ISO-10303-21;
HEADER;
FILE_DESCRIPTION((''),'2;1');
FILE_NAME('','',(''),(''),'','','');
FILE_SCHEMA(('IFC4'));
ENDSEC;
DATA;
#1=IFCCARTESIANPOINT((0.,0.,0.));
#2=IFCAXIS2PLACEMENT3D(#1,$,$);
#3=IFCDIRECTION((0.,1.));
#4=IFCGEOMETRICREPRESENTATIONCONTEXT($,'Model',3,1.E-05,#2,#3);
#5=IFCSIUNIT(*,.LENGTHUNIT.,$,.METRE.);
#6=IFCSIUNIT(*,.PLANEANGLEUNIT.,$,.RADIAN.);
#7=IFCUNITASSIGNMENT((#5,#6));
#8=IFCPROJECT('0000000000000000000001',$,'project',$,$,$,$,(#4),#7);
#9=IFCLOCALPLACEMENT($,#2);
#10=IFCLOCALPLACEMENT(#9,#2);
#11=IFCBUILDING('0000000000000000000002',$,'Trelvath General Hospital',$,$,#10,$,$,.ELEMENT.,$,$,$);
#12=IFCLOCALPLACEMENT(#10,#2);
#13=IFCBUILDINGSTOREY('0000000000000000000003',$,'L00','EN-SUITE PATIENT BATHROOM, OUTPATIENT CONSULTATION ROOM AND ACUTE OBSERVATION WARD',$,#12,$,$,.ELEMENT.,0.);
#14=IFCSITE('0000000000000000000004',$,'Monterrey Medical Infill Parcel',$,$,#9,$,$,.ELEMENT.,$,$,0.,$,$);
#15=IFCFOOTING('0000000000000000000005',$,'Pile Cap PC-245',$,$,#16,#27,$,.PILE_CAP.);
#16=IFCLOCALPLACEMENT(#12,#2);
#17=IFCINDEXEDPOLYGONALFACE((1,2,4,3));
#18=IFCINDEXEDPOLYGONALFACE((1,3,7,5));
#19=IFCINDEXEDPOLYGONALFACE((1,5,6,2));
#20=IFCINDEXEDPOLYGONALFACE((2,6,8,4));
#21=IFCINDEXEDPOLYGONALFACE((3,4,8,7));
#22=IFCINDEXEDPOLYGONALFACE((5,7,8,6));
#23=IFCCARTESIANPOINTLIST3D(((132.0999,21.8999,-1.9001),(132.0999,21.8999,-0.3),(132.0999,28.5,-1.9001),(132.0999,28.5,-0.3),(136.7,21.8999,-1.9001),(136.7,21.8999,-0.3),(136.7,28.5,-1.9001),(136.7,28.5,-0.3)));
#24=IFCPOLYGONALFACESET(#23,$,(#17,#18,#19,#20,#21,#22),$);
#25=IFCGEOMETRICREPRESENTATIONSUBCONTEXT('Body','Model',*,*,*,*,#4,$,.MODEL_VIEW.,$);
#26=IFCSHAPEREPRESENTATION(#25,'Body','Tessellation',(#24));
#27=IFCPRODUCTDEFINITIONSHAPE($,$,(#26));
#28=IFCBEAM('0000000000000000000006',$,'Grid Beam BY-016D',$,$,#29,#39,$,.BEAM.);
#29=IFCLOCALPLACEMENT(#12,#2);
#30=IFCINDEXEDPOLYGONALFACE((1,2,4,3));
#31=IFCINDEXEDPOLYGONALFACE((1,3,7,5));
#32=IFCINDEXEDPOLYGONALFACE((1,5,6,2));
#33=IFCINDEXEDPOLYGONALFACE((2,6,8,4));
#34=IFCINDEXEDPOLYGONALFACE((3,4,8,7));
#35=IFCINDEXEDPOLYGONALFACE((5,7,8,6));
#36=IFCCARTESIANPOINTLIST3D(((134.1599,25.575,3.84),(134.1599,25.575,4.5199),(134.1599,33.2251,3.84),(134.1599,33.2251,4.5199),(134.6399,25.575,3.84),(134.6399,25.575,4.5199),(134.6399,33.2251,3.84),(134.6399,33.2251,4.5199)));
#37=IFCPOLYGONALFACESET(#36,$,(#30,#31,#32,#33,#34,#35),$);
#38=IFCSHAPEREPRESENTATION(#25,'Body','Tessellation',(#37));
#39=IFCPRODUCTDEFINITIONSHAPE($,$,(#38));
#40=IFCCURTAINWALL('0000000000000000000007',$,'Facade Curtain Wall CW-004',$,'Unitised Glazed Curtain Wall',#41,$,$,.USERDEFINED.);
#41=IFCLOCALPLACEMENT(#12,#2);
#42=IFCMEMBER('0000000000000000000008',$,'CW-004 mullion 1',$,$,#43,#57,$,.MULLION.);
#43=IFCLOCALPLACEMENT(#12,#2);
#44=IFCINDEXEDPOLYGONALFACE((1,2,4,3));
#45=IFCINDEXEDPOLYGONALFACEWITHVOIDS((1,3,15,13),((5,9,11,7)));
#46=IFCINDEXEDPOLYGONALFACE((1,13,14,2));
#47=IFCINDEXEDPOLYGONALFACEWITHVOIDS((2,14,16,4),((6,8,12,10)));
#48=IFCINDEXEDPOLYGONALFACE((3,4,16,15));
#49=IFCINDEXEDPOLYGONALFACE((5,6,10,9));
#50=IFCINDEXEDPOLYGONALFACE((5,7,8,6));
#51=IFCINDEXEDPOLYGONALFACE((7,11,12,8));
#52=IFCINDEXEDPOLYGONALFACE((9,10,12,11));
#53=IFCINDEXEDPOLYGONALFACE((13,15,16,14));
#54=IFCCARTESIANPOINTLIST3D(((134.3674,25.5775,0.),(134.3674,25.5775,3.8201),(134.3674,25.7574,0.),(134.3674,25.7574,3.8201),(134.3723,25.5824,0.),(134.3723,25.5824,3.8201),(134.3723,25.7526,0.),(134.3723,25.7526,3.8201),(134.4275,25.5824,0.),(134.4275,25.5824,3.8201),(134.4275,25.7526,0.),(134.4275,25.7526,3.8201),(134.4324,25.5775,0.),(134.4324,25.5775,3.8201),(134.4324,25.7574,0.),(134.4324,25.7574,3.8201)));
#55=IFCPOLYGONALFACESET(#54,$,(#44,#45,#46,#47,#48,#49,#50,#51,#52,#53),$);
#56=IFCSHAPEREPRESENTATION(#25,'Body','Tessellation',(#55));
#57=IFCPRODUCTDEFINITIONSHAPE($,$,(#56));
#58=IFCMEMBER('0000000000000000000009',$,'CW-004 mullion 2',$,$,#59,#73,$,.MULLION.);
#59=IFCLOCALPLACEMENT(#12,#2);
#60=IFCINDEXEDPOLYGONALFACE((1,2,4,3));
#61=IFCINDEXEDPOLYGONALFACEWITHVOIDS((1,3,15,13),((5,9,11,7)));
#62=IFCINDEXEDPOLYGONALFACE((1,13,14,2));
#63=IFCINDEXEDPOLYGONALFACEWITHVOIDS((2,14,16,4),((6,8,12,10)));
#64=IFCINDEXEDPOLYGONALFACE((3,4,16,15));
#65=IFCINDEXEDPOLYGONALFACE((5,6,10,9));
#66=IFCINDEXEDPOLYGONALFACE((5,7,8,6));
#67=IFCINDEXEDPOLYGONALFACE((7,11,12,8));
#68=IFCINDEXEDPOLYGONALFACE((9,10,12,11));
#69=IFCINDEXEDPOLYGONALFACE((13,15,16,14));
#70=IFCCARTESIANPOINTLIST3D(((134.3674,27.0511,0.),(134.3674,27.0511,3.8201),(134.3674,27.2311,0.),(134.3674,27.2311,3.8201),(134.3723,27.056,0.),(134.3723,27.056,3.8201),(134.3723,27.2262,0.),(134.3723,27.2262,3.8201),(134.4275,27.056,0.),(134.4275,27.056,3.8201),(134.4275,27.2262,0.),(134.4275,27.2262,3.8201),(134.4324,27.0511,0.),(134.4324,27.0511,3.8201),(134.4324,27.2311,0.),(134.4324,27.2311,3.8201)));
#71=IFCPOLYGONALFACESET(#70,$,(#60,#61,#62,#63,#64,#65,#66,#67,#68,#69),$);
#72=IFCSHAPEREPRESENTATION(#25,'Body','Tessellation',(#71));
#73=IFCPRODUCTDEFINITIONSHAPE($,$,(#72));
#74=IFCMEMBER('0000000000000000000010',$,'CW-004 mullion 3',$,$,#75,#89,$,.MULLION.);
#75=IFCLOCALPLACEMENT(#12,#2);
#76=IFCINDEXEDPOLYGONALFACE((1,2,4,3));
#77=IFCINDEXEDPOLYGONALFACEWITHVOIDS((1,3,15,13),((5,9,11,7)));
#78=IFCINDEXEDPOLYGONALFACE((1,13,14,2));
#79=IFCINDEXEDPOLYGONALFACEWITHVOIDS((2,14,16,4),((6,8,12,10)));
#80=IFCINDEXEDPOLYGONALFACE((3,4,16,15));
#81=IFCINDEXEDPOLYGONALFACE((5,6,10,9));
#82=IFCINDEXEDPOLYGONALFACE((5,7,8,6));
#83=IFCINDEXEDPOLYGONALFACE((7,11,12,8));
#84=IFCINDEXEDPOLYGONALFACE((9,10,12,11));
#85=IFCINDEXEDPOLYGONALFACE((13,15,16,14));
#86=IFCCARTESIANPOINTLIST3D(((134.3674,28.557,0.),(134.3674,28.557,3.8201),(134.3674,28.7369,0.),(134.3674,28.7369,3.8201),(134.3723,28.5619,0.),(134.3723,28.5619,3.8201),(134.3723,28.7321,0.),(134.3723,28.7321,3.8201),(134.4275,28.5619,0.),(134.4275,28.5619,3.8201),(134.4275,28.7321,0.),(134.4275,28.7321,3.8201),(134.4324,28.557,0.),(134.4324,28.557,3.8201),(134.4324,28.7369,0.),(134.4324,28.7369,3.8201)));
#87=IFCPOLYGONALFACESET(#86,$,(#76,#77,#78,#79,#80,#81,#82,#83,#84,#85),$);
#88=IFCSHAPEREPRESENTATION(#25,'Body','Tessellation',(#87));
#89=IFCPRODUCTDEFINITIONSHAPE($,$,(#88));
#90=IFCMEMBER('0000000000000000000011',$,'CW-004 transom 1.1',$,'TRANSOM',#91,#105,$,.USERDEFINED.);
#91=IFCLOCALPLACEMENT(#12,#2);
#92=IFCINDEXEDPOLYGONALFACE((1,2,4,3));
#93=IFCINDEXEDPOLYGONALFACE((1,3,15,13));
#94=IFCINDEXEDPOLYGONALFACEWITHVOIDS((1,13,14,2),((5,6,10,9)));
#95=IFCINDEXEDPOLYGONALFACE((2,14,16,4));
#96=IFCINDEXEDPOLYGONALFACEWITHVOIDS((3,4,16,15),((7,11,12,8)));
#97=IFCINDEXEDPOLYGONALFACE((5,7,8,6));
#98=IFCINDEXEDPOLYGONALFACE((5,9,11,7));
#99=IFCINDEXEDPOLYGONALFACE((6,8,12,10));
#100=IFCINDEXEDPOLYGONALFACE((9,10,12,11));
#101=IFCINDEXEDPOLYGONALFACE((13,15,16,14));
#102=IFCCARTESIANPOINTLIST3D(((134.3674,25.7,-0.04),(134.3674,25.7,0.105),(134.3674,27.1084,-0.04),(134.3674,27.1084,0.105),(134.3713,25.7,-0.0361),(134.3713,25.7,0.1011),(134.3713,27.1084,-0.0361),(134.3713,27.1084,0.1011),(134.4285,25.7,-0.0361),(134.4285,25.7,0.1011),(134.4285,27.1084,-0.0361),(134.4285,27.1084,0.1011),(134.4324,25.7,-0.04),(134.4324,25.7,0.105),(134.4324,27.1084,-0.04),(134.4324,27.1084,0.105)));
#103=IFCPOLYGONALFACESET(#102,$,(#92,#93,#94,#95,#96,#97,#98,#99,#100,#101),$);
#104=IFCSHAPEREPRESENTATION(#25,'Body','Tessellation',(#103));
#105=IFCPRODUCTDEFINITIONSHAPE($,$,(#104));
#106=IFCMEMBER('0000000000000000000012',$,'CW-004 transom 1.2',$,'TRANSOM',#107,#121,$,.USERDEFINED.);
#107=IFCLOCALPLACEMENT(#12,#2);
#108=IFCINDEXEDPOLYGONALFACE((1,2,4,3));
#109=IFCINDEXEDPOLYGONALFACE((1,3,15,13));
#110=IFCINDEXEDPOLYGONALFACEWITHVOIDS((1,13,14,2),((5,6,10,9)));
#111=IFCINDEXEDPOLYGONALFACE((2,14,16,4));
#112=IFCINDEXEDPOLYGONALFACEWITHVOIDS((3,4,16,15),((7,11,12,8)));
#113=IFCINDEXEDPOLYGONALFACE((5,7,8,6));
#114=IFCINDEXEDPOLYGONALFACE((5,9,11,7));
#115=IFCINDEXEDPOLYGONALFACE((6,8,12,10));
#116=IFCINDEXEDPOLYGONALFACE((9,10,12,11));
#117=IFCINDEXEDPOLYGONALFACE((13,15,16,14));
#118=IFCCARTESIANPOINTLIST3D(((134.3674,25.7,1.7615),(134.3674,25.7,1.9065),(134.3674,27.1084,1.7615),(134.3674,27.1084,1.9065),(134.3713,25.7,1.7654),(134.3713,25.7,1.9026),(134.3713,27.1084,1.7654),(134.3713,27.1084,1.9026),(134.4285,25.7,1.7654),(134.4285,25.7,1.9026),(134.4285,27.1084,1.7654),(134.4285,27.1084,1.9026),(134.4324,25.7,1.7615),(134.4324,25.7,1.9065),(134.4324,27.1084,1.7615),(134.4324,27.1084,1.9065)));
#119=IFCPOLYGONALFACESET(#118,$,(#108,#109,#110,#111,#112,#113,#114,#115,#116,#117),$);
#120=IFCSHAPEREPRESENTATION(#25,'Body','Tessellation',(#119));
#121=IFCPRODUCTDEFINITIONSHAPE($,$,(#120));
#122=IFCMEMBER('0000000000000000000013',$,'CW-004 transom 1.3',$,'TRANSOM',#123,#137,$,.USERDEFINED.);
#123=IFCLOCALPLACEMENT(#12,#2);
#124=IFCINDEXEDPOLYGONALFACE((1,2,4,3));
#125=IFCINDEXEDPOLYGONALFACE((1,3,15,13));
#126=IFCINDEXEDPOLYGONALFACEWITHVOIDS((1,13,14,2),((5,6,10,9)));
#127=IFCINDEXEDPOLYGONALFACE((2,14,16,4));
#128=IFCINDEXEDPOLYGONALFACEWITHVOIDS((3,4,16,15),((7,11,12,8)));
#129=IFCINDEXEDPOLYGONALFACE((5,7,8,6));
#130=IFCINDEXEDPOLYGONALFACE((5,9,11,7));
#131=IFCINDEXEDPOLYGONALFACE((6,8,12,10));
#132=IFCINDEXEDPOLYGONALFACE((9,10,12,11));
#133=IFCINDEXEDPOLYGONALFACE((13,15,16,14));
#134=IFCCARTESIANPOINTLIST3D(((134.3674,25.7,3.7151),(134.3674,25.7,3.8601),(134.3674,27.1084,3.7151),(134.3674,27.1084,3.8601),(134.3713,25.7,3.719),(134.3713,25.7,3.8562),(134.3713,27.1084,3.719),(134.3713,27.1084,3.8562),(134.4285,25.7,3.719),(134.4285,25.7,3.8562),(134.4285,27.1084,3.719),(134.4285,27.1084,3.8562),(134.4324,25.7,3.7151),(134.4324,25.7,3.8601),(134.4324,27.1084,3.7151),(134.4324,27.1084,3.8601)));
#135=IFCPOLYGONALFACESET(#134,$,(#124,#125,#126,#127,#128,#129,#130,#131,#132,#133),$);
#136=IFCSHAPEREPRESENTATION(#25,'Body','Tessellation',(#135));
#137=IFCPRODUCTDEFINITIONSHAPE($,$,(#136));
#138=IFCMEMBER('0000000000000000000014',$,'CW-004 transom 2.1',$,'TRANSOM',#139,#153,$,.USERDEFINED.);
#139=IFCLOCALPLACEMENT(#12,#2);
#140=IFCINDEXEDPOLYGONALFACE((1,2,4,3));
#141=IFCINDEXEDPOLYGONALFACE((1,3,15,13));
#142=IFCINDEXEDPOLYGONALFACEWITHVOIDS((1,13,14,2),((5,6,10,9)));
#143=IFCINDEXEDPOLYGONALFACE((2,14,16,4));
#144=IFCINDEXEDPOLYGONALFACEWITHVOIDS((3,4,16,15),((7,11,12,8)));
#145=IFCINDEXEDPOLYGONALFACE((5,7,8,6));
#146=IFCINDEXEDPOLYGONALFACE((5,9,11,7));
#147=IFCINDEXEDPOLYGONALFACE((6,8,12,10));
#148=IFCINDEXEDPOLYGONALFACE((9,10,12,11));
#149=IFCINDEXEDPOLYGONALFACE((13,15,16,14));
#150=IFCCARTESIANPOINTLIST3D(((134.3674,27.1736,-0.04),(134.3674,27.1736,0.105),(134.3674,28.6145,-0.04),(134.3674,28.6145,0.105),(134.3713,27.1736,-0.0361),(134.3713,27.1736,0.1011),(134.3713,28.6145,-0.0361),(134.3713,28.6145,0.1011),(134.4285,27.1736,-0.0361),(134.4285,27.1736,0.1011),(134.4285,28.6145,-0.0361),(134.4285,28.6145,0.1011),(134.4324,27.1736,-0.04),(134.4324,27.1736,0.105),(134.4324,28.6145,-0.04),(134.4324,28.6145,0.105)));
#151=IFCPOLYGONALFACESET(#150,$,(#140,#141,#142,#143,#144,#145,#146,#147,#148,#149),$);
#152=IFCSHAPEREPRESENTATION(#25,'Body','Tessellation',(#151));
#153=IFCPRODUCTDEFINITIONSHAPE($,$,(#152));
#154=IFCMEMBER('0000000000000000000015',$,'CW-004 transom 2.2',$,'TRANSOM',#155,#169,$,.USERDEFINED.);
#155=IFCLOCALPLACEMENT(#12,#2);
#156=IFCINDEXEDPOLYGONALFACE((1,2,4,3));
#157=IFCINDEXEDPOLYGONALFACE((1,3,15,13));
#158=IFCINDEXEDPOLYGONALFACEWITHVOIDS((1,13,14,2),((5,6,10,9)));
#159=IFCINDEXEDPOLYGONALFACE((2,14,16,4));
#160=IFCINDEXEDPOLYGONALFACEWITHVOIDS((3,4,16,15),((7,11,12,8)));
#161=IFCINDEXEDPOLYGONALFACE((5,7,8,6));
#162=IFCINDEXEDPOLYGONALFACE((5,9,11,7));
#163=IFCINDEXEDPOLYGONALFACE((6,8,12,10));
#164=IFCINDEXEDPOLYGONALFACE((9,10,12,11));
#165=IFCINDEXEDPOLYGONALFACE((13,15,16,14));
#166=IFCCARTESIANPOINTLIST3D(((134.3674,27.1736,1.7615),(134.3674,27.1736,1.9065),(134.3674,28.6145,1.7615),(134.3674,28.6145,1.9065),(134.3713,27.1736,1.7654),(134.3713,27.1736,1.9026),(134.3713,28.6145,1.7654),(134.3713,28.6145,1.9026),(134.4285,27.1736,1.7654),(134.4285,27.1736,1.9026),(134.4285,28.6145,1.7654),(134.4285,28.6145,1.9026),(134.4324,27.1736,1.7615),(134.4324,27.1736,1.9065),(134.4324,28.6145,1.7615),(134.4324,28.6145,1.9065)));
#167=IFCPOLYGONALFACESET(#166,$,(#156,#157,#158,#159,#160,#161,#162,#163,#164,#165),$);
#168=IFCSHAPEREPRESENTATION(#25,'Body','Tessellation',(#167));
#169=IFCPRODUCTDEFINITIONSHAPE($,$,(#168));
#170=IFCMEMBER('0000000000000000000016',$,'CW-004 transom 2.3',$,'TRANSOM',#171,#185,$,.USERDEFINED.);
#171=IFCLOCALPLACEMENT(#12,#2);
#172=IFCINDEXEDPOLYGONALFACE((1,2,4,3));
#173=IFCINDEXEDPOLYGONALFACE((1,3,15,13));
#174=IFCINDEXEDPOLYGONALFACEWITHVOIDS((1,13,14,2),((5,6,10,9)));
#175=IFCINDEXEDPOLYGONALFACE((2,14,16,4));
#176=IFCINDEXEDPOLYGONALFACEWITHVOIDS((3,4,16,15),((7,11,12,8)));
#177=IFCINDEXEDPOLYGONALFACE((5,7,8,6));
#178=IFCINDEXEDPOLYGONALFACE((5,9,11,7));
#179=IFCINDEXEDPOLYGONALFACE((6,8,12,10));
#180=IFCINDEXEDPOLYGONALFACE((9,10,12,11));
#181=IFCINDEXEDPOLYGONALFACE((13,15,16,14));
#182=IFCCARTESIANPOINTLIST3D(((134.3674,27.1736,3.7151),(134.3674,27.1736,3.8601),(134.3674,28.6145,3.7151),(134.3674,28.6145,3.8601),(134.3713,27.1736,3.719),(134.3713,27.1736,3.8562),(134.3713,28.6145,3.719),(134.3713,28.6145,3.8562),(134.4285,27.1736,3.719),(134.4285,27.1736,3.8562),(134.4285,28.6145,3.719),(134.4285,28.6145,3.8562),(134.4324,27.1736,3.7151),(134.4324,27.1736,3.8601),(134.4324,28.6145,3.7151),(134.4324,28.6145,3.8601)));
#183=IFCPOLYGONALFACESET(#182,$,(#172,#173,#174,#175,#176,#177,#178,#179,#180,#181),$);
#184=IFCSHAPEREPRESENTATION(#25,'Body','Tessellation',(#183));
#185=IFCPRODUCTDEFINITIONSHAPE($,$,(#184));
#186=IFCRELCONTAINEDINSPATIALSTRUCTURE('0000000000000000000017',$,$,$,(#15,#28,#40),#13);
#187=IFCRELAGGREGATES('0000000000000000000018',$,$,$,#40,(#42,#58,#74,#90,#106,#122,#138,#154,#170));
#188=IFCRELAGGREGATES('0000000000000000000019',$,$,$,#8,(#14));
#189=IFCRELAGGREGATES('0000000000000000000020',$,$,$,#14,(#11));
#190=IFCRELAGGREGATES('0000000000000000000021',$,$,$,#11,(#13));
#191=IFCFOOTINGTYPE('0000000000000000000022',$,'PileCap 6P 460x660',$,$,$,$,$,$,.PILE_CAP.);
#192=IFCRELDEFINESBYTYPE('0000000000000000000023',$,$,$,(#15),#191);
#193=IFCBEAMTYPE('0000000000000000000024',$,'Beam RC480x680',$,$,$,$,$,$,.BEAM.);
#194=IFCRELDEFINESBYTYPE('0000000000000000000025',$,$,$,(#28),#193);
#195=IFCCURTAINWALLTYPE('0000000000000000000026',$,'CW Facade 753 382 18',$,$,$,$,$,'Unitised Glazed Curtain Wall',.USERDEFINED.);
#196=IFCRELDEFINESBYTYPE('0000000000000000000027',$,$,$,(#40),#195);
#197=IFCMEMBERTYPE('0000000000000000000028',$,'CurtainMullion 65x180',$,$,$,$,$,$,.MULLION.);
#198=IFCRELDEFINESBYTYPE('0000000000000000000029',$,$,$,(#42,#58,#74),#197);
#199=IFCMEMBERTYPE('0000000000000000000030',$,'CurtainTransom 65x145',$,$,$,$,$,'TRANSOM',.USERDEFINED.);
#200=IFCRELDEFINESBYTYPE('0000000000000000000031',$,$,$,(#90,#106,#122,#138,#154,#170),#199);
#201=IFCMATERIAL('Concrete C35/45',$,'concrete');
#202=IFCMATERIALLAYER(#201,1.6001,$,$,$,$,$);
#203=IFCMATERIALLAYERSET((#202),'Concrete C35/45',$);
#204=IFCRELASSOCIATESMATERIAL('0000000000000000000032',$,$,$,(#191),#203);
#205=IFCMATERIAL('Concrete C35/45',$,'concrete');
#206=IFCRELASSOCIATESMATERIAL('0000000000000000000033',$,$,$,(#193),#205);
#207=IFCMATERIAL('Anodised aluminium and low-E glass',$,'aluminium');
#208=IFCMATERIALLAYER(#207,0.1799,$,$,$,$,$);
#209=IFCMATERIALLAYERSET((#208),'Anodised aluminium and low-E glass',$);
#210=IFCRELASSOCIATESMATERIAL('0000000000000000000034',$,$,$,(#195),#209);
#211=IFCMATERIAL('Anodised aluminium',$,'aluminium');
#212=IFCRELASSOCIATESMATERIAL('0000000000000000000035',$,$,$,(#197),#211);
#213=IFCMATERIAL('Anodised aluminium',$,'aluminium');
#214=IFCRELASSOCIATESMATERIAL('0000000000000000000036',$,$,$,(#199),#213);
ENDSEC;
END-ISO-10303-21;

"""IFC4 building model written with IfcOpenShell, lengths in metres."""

from ifc_helpers import new_model, si_unit, direction, frame, origin, origin_2d, place, context, subcontext, project, spatial, rectangle, hollow_rectangle, extrude, material, layer, layer_set, material_profile, profile_set, type_object, element, aggregate, save


model = new_model("IFC4")

# Units and contexts
model_context = context("Model", 3, precision=1e-05, world=origin(), true_north=direction((0.0, 1.0)))
body_context = subcontext(model_context, "Body", "Model", "MODEL_VIEW")
ifc_project = project(units=[si_unit("LENGTHUNIT", "METRE"), si_unit("PLANEANGLEUNIT", "RADIAN")], contexts=[model_context])

# Site, building, storey
site_placement = place(None, origin())
site = spatial("IfcSite", under=ifc_project, at=site_placement, Name="Monterrey Medical Infill Parcel", CompositionType="ELEMENT", RefElevation=0.0)
building_placement = place(site_placement, origin())
building = spatial("IfcBuilding", under=site, at=building_placement, Name="Trelvath General Hospital", CompositionType="ELEMENT")
storey_placement = place(building_placement, origin())
storey = spatial("IfcBuildingStorey", under=building, at=storey_placement, Name="L00", Description="EN-SUITE PATIENT BATHROOM, OUTPATIENT CONSULTATION ROOM AND ACUTE OBSERVATION WARD", CompositionType="ELEMENT", Elevation=0.0)

# Footing
ifc_material_1 = material(Name="Concrete C35/45", Category="concrete")
ifc_layer_1 = layer(ifc_material_1, 1.6001)
ifc_layer_set_1 = layer_set([ifc_layer_1], Name="Concrete C35/45")
footing_type = type_object("IfcFootingType", Name="PileCap 6P 460x660", PredefinedType="PILE_CAP", material=ifc_layer_set_1)
footing_placement = place(storey_placement, frame((134.3999, 25.2, -1.9001), z_axis=(0.0, 0.0, 1.0), x_axis=(1.0, 0.0, 0.0)))
element("IfcFooting", 1, at=footing_placement, inside=storey, type_object=footing_type, Name="Pile Cap PC-245", PredefinedType="PILE_CAP", context=body_context, shape_type="SweptSolid", body=[
    extrude(rectangle(XDim=4.6001, YDim=6.6001, at=origin_2d()), origin(), (0.0, 0.0, 1.0), 1.6001),
])

# Beam
ifc_material_2 = material(Name="Concrete C35/45", Category="concrete")
ifc_material_profile_1 = material_profile(ifc_material_2, rectangle(XDim=0.48, YDim=0.6799, at=origin_2d()), Name="RCB480x680")
ifc_profile_set_1 = profile_set([ifc_material_profile_1], Name="Concrete C35/45")
beam_type = type_object("IfcBeamType", Name="Beam RC480x680", PredefinedType="BEAM", material=ifc_profile_set_1)
beam_placement = place(storey_placement, frame((134.3999, 25.575, 4.1799), z_axis=(0.0, 1.0, 0.0), x_axis=(-1.0, 0.0, 0.0)))
element("IfcBeam", 2, at=beam_placement, inside=storey, type_object=beam_type, Name="Grid Beam BY-016D", PredefinedType="BEAM", context=body_context, shape_type="SweptSolid", body=[
    extrude(rectangle(XDim=0.48, YDim=0.6799, at=origin_2d()), origin(), (0.0, 0.0, 1.0), 7.6501),
])

# Curtain wall, members
ifc_material_3 = material(Name="Anodised aluminium and low-E glass", Category="aluminium")
ifc_layer_2 = layer(ifc_material_3, 0.1799)
ifc_layer_set_2 = layer_set([ifc_layer_2], Name="Anodised aluminium and low-E glass")
curtain_wall_type = type_object("IfcCurtainWallType", Name="CW Facade 753 382 18", ElementType="Unitised Glazed Curtain Wall", PredefinedType="USERDEFINED", material=ifc_layer_set_2)
curtain_wall_placement = place(storey_placement, origin())
curtain_wall = element("IfcCurtainWall", 3, at=curtain_wall_placement, inside=storey, type_object=curtain_wall_type, Name="Facade Curtain Wall CW-004", ObjectType="Unitised Glazed Curtain Wall", PredefinedType="USERDEFINED")
ifc_material_4 = material(Name="Anodised aluminium", Category="aluminium")
ifc_material_profile_2 = material_profile(ifc_material_4, hollow_rectangle(XDim=0.0649, YDim=0.1799, WallThickness=0.0049, at=origin_2d()), Name="RHS65x180x5")
ifc_profile_set_2 = profile_set([ifc_material_profile_2], Name="Anodised aluminium")
member_type_1 = type_object("IfcMemberType", Name="CurtainMullion 65x180", PredefinedType="MULLION", material=ifc_profile_set_2)
member_1_placement = place(storey_placement, frame((134.3999, 25.6675, 0.0), z_axis=(0.0, 0.0, 1.0), x_axis=(-1.0, 0.0, 0.0)))
member_1 = element("IfcMember", 4, at=member_1_placement, type_object=member_type_1, Name="CW-004 mullion 1", PredefinedType="MULLION", context=body_context, shape_type="SweptSolid", body=[
    extrude(hollow_rectangle(XDim=0.0649, YDim=0.1799, WallThickness=0.0049, at=origin_2d()), origin(), (0.0, 0.0, 1.0), 3.8201),
])
member_2_placement = place(storey_placement, frame((134.3999, 27.1411, 0.0), z_axis=(0.0, 0.0, 1.0), x_axis=(-1.0, 0.0, 0.0)))
member_2 = element("IfcMember", 5, at=member_2_placement, type_object=member_type_1, Name="CW-004 mullion 2", PredefinedType="MULLION", context=body_context, shape_type="SweptSolid", body=[
    extrude(hollow_rectangle(XDim=0.0649, YDim=0.1799, WallThickness=0.0049, at=origin_2d()), origin(), (0.0, 0.0, 1.0), 3.8201),
])
member_3_placement = place(storey_placement, frame((134.3999, 28.647, 0.0), z_axis=(0.0, 0.0, 1.0), x_axis=(-1.0, 0.0, 0.0)))
member_3 = element("IfcMember", 6, at=member_3_placement, type_object=member_type_1, Name="CW-004 mullion 3", PredefinedType="MULLION", context=body_context, shape_type="SweptSolid", body=[
    extrude(hollow_rectangle(XDim=0.0649, YDim=0.1799, WallThickness=0.0049, at=origin_2d()), origin(), (0.0, 0.0, 1.0), 3.8201),
])
ifc_material_5 = material(Name="Anodised aluminium", Category="aluminium")
ifc_material_profile_3 = material_profile(ifc_material_5, hollow_rectangle(XDim=0.0649, YDim=0.145, WallThickness=0.0039, at=origin_2d()), Name="RHS65x145x4")
ifc_profile_set_3 = profile_set([ifc_material_profile_3], Name="Anodised aluminium")
member_type_2 = type_object("IfcMemberType", Name="CurtainTransom 65x145", ElementType="TRANSOM", PredefinedType="USERDEFINED", material=ifc_profile_set_3)
member_4_placement = place(storey_placement, frame((134.3999, 25.7, 0.0325), z_axis=(0.0, 1.0, 0.0), x_axis=(-1.0, 0.0, 0.0)))
member_4 = element("IfcMember", 7, at=member_4_placement, type_object=member_type_2, Name="CW-004 transom 1.1", ObjectType="TRANSOM", PredefinedType="USERDEFINED", context=body_context, shape_type="SweptSolid", body=[
    extrude(hollow_rectangle(XDim=0.0649, YDim=0.145, WallThickness=0.0039, at=origin_2d()), origin(), (0.0, 0.0, 1.0), 1.4084),
])
member_5_placement = place(storey_placement, frame((134.3999, 25.7, 1.834), z_axis=(0.0, 1.0, 0.0), x_axis=(-1.0, 0.0, 0.0)))
member_5 = element("IfcMember", 8, at=member_5_placement, type_object=member_type_2, Name="CW-004 transom 1.2", ObjectType="TRANSOM", PredefinedType="USERDEFINED", context=body_context, shape_type="SweptSolid", body=[
    extrude(hollow_rectangle(XDim=0.0649, YDim=0.145, WallThickness=0.0039, at=origin_2d()), origin(), (0.0, 0.0, 1.0), 1.4084),
])
member_6_placement = place(storey_placement, frame((134.3999, 25.7, 3.7876), z_axis=(0.0, 1.0, 0.0), x_axis=(-1.0, 0.0, 0.0)))
member_6 = element("IfcMember", 9, at=member_6_placement, type_object=member_type_2, Name="CW-004 transom 1.3", ObjectType="TRANSOM", PredefinedType="USERDEFINED", context=body_context, shape_type="SweptSolid", body=[
    extrude(hollow_rectangle(XDim=0.0649, YDim=0.145, WallThickness=0.0039, at=origin_2d()), origin(), (0.0, 0.0, 1.0), 1.4084),
])
member_7_placement = place(storey_placement, frame((134.3999, 27.1736, 0.0325), z_axis=(0.0, 1.0, 0.0), x_axis=(-1.0, 0.0, 0.0)))
member_7 = element("IfcMember", 10, at=member_7_placement, type_object=member_type_2, Name="CW-004 transom 2.1", ObjectType="TRANSOM", PredefinedType="USERDEFINED", context=body_context, shape_type="SweptSolid", body=[
    extrude(hollow_rectangle(XDim=0.0649, YDim=0.145, WallThickness=0.0039, at=origin_2d()), origin(), (0.0, 0.0, 1.0), 1.4409),
])
member_8_placement = place(storey_placement, frame((134.3999, 27.1736, 1.834), z_axis=(0.0, 1.0, 0.0), x_axis=(-1.0, 0.0, 0.0)))
member_8 = element("IfcMember", 11, at=member_8_placement, type_object=member_type_2, Name="CW-004 transom 2.2", ObjectType="TRANSOM", PredefinedType="USERDEFINED", context=body_context, shape_type="SweptSolid", body=[
    extrude(hollow_rectangle(XDim=0.0649, YDim=0.145, WallThickness=0.0039, at=origin_2d()), origin(), (0.0, 0.0, 1.0), 1.4409),
])
member_9_placement = place(storey_placement, frame((134.3999, 27.1736, 3.7876), z_axis=(0.0, 1.0, 0.0), x_axis=(-1.0, 0.0, 0.0)))
member_9 = element("IfcMember", 12, at=member_9_placement, type_object=member_type_2, Name="CW-004 transom 2.3", ObjectType="TRANSOM", PredefinedType="USERDEFINED", context=body_context, shape_type="SweptSolid", body=[
    extrude(hollow_rectangle(XDim=0.0649, YDim=0.145, WallThickness=0.0039, at=origin_2d()), origin(), (0.0, 0.0, 1.0), 1.4409),
])
aggregate(curtain_wall, [member_1, member_2, member_3, member_4, member_5, member_6, member_7, member_8, member_9])

save(model, "model.ifc")
